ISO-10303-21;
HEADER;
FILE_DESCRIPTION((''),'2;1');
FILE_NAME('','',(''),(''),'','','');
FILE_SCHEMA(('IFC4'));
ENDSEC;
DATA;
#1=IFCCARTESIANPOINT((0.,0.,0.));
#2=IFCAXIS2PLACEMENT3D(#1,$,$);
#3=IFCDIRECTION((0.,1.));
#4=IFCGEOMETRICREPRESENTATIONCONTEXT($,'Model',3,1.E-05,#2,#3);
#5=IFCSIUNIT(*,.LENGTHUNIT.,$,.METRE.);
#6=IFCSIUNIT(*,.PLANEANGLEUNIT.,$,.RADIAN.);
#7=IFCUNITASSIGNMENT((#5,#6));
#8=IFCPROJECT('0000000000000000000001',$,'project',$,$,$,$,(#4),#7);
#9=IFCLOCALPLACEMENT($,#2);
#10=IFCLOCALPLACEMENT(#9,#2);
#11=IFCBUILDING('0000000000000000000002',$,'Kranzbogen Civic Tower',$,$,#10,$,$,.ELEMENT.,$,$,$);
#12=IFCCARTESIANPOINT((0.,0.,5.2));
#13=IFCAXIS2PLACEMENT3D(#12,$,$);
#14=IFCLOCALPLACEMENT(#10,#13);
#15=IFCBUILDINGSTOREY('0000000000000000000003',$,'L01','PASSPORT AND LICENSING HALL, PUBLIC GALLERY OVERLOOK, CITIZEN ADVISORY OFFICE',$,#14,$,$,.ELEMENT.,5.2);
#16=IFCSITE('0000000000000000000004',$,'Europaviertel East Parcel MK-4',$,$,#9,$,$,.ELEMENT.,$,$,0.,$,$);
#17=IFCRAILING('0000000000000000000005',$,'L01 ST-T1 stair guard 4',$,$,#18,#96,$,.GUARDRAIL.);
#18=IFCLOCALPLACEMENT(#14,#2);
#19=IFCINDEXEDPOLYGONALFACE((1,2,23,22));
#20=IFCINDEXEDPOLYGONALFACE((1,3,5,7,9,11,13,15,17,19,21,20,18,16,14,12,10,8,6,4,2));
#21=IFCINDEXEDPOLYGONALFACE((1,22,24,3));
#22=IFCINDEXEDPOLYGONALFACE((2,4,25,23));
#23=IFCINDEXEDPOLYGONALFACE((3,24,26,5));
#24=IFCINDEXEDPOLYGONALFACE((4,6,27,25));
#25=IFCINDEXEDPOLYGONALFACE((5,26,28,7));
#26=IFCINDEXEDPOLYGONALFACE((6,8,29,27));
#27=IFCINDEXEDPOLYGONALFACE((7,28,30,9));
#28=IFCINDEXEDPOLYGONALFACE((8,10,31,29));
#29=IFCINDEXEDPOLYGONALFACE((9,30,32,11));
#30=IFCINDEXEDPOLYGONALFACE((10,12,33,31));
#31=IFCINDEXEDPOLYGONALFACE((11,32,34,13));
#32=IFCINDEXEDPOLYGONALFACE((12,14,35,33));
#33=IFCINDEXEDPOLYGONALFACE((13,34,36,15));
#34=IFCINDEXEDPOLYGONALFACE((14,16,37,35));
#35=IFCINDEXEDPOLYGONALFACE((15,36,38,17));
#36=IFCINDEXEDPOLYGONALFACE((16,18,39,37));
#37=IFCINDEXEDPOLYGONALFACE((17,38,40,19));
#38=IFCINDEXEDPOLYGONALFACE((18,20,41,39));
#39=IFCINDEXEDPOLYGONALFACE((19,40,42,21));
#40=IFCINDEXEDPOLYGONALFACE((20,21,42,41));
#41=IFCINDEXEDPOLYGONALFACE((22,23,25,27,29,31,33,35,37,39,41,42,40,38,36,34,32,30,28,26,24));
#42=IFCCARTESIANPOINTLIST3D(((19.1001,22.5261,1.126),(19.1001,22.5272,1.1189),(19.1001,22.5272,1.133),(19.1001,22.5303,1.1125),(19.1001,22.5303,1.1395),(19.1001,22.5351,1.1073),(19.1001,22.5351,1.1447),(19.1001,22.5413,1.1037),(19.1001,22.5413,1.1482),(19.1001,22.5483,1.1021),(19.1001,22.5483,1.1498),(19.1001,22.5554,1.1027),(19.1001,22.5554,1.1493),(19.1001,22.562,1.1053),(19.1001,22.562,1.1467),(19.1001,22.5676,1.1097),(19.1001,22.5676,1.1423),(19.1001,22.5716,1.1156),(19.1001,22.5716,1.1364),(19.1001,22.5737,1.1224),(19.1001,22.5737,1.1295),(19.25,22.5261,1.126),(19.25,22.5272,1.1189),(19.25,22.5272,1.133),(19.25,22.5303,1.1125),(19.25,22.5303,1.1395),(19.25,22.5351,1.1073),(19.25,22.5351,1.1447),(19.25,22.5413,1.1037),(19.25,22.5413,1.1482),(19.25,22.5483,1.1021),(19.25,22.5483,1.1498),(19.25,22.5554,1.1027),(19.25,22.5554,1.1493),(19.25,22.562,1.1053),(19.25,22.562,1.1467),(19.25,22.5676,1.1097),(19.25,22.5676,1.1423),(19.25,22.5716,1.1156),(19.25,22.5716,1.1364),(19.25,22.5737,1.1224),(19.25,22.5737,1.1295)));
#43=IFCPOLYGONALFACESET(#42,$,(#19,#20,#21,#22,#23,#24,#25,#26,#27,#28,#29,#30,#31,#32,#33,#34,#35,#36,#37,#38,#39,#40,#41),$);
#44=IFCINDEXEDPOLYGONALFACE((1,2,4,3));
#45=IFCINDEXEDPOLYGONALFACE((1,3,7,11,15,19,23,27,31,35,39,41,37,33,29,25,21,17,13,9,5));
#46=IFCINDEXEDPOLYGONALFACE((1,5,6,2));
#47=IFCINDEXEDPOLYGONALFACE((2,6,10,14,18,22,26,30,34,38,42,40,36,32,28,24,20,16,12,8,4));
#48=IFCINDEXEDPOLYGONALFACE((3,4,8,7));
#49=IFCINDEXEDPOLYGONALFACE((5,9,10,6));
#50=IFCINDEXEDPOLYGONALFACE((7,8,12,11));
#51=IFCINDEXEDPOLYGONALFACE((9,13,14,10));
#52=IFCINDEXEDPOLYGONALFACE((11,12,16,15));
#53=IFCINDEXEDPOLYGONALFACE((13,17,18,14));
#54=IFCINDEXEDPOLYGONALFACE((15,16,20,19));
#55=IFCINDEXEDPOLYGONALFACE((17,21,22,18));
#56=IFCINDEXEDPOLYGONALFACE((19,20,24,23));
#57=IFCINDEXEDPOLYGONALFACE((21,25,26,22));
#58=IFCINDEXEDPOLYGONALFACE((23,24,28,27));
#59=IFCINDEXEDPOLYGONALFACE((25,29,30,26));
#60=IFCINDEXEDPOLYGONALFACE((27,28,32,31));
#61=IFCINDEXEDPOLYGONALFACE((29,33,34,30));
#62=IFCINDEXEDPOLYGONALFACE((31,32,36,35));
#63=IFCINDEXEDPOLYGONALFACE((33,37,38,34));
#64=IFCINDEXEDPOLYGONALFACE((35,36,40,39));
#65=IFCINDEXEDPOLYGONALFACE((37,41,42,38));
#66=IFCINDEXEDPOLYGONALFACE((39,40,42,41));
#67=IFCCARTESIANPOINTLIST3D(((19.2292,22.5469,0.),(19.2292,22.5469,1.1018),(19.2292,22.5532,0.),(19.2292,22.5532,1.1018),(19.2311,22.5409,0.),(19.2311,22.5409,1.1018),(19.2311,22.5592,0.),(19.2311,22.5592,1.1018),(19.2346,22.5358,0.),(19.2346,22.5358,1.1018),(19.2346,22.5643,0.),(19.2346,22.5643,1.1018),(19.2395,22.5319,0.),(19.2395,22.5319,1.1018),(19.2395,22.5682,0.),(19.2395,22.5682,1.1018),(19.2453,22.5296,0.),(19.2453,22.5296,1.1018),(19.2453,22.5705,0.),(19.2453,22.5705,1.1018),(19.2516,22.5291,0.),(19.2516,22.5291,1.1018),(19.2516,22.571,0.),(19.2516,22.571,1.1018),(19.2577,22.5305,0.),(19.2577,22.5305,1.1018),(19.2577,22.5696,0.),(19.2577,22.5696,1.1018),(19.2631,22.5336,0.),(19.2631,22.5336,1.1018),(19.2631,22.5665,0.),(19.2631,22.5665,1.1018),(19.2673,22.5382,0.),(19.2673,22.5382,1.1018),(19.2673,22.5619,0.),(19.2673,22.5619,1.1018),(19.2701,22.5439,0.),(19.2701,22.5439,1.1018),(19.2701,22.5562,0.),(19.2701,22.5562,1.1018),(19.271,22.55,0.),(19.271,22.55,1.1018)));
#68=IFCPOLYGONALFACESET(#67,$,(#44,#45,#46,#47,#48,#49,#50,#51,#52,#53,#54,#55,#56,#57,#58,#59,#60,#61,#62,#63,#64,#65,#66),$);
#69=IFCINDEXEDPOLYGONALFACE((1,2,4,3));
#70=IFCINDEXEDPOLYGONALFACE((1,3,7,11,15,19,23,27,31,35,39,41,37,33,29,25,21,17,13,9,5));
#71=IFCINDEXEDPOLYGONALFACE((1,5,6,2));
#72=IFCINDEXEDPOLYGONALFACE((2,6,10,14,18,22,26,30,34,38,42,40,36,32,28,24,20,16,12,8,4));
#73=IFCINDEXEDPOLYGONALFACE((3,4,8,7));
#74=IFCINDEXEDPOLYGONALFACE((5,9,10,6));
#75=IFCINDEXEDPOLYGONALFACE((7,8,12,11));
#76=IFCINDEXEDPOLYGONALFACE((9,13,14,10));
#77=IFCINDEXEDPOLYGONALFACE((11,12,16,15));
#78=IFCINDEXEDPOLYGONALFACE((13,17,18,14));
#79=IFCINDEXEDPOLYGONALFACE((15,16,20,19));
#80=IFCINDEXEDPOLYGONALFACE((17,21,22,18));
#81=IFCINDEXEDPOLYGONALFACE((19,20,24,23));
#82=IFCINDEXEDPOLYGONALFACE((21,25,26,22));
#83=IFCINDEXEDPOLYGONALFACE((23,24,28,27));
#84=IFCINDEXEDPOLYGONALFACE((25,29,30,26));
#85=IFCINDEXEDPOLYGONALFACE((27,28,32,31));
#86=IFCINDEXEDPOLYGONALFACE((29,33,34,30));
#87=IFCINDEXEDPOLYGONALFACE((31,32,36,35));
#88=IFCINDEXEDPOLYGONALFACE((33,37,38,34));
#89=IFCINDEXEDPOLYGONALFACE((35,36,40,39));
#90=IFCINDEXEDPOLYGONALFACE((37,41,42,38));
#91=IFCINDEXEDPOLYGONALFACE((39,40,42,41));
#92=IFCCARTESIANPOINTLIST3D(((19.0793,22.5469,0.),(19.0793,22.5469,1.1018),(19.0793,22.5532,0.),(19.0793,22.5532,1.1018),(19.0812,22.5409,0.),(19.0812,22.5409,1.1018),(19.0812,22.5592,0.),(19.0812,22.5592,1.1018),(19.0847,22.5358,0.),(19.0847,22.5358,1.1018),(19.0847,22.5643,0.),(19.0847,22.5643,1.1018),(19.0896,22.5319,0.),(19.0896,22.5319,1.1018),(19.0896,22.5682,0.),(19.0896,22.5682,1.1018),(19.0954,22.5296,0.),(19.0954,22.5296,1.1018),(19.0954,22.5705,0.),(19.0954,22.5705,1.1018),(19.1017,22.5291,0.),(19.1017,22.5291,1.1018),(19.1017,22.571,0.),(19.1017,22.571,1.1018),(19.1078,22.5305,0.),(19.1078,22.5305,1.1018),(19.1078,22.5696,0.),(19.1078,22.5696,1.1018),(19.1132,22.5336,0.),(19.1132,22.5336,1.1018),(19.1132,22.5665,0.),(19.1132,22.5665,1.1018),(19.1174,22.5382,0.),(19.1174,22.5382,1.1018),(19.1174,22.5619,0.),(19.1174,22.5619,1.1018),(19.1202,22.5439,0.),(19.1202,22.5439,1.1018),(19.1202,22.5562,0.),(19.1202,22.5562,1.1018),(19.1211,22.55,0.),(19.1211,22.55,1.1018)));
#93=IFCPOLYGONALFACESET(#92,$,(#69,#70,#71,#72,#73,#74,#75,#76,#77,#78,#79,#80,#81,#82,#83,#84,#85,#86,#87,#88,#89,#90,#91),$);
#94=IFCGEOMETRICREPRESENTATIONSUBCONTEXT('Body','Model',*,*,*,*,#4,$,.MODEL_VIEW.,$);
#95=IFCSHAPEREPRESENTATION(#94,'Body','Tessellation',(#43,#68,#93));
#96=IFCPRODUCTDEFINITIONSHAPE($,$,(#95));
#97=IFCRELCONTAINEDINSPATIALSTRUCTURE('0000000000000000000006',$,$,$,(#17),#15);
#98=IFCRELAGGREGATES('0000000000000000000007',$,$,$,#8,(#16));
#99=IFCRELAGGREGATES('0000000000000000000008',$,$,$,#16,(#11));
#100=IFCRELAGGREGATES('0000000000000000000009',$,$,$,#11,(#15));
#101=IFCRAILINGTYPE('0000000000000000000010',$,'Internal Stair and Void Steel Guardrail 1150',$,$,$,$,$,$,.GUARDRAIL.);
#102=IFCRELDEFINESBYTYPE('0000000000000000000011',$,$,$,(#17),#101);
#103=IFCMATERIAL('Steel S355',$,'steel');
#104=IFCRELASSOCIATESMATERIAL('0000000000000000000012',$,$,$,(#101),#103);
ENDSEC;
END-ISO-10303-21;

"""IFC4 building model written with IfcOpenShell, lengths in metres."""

from ifc_helpers import new_model, si_unit, direction, frame, origin, origin_2d, place, context, subcontext, project, spatial, circle, extrude, material, type_object, element, save


model = new_model("IFC4")

# Units and contexts
model_context = context("Model", 3, precision=1e-05, world=origin(), true_north=direction((0.0, 1.0)))
body_context = subcontext(model_context, "Body", "Model", "MODEL_VIEW")
ifc_project = project(units=[si_unit("LENGTHUNIT", "METRE"), si_unit("PLANEANGLEUNIT", "RADIAN")], contexts=[model_context])

# Site, building, storey
site_placement = place(None, origin())
site = spatial("IfcSite", under=ifc_project, at=site_placement, Name="Europaviertel East Parcel MK-4", CompositionType="ELEMENT", RefElevation=0.0)
building_placement = place(site_placement, origin())
building = spatial("IfcBuilding", under=site, at=building_placement, Name="Kranzbogen Civic Tower", CompositionType="ELEMENT")
storey_placement = place(building_placement, frame((0.0, 0.0, 5.2)))
storey = spatial("IfcBuildingStorey", under=building, at=storey_placement, Name="L01", Description="PASSPORT AND LICENSING HALL, PUBLIC GALLERY OVERLOOK, CITIZEN ADVISORY OFFICE", CompositionType="ELEMENT", Elevation=5.2)

# Shared definitions
ifc_material_1 = material(Name="Steel S355", Category="steel")

# Railing
railing_type_1 = type_object("IfcRailingType", Name="Internal Stair and Void Steel Guardrail 1150", PredefinedType="GUARDRAIL", material=ifc_material_1)
railing_1_placement = place(storey_placement, frame((19.25, 22.55, 0.0)))
element("IfcRailing", 1, at=railing_1_placement, inside=storey, type_object=railing_type_1, Name="L01 ST-T1 stair guard 4", PredefinedType="GUARDRAIL", context=body_context, shape_type="SweptSolid", body=[
    extrude(circle(Radius=0.0239, at=origin_2d()), frame((0.0, 0.0, 1.126), z_axis=(-1.0, 0.0, 0.0), x_axis=(0.0, -1.0, 0.0)), (0.0, 0.0, 1.0), 0.1499),
    extrude(circle(Radius=0.021, at=origin_2d()), origin(), (0.0, 0.0, 1.0), 1.1018),
    extrude(circle(Radius=0.021, at=origin_2d()), frame((-0.1499, 0.0, 0.0)), (0.0, 0.0, 1.0), 1.1018),
])

save(model, "model.ifc")
